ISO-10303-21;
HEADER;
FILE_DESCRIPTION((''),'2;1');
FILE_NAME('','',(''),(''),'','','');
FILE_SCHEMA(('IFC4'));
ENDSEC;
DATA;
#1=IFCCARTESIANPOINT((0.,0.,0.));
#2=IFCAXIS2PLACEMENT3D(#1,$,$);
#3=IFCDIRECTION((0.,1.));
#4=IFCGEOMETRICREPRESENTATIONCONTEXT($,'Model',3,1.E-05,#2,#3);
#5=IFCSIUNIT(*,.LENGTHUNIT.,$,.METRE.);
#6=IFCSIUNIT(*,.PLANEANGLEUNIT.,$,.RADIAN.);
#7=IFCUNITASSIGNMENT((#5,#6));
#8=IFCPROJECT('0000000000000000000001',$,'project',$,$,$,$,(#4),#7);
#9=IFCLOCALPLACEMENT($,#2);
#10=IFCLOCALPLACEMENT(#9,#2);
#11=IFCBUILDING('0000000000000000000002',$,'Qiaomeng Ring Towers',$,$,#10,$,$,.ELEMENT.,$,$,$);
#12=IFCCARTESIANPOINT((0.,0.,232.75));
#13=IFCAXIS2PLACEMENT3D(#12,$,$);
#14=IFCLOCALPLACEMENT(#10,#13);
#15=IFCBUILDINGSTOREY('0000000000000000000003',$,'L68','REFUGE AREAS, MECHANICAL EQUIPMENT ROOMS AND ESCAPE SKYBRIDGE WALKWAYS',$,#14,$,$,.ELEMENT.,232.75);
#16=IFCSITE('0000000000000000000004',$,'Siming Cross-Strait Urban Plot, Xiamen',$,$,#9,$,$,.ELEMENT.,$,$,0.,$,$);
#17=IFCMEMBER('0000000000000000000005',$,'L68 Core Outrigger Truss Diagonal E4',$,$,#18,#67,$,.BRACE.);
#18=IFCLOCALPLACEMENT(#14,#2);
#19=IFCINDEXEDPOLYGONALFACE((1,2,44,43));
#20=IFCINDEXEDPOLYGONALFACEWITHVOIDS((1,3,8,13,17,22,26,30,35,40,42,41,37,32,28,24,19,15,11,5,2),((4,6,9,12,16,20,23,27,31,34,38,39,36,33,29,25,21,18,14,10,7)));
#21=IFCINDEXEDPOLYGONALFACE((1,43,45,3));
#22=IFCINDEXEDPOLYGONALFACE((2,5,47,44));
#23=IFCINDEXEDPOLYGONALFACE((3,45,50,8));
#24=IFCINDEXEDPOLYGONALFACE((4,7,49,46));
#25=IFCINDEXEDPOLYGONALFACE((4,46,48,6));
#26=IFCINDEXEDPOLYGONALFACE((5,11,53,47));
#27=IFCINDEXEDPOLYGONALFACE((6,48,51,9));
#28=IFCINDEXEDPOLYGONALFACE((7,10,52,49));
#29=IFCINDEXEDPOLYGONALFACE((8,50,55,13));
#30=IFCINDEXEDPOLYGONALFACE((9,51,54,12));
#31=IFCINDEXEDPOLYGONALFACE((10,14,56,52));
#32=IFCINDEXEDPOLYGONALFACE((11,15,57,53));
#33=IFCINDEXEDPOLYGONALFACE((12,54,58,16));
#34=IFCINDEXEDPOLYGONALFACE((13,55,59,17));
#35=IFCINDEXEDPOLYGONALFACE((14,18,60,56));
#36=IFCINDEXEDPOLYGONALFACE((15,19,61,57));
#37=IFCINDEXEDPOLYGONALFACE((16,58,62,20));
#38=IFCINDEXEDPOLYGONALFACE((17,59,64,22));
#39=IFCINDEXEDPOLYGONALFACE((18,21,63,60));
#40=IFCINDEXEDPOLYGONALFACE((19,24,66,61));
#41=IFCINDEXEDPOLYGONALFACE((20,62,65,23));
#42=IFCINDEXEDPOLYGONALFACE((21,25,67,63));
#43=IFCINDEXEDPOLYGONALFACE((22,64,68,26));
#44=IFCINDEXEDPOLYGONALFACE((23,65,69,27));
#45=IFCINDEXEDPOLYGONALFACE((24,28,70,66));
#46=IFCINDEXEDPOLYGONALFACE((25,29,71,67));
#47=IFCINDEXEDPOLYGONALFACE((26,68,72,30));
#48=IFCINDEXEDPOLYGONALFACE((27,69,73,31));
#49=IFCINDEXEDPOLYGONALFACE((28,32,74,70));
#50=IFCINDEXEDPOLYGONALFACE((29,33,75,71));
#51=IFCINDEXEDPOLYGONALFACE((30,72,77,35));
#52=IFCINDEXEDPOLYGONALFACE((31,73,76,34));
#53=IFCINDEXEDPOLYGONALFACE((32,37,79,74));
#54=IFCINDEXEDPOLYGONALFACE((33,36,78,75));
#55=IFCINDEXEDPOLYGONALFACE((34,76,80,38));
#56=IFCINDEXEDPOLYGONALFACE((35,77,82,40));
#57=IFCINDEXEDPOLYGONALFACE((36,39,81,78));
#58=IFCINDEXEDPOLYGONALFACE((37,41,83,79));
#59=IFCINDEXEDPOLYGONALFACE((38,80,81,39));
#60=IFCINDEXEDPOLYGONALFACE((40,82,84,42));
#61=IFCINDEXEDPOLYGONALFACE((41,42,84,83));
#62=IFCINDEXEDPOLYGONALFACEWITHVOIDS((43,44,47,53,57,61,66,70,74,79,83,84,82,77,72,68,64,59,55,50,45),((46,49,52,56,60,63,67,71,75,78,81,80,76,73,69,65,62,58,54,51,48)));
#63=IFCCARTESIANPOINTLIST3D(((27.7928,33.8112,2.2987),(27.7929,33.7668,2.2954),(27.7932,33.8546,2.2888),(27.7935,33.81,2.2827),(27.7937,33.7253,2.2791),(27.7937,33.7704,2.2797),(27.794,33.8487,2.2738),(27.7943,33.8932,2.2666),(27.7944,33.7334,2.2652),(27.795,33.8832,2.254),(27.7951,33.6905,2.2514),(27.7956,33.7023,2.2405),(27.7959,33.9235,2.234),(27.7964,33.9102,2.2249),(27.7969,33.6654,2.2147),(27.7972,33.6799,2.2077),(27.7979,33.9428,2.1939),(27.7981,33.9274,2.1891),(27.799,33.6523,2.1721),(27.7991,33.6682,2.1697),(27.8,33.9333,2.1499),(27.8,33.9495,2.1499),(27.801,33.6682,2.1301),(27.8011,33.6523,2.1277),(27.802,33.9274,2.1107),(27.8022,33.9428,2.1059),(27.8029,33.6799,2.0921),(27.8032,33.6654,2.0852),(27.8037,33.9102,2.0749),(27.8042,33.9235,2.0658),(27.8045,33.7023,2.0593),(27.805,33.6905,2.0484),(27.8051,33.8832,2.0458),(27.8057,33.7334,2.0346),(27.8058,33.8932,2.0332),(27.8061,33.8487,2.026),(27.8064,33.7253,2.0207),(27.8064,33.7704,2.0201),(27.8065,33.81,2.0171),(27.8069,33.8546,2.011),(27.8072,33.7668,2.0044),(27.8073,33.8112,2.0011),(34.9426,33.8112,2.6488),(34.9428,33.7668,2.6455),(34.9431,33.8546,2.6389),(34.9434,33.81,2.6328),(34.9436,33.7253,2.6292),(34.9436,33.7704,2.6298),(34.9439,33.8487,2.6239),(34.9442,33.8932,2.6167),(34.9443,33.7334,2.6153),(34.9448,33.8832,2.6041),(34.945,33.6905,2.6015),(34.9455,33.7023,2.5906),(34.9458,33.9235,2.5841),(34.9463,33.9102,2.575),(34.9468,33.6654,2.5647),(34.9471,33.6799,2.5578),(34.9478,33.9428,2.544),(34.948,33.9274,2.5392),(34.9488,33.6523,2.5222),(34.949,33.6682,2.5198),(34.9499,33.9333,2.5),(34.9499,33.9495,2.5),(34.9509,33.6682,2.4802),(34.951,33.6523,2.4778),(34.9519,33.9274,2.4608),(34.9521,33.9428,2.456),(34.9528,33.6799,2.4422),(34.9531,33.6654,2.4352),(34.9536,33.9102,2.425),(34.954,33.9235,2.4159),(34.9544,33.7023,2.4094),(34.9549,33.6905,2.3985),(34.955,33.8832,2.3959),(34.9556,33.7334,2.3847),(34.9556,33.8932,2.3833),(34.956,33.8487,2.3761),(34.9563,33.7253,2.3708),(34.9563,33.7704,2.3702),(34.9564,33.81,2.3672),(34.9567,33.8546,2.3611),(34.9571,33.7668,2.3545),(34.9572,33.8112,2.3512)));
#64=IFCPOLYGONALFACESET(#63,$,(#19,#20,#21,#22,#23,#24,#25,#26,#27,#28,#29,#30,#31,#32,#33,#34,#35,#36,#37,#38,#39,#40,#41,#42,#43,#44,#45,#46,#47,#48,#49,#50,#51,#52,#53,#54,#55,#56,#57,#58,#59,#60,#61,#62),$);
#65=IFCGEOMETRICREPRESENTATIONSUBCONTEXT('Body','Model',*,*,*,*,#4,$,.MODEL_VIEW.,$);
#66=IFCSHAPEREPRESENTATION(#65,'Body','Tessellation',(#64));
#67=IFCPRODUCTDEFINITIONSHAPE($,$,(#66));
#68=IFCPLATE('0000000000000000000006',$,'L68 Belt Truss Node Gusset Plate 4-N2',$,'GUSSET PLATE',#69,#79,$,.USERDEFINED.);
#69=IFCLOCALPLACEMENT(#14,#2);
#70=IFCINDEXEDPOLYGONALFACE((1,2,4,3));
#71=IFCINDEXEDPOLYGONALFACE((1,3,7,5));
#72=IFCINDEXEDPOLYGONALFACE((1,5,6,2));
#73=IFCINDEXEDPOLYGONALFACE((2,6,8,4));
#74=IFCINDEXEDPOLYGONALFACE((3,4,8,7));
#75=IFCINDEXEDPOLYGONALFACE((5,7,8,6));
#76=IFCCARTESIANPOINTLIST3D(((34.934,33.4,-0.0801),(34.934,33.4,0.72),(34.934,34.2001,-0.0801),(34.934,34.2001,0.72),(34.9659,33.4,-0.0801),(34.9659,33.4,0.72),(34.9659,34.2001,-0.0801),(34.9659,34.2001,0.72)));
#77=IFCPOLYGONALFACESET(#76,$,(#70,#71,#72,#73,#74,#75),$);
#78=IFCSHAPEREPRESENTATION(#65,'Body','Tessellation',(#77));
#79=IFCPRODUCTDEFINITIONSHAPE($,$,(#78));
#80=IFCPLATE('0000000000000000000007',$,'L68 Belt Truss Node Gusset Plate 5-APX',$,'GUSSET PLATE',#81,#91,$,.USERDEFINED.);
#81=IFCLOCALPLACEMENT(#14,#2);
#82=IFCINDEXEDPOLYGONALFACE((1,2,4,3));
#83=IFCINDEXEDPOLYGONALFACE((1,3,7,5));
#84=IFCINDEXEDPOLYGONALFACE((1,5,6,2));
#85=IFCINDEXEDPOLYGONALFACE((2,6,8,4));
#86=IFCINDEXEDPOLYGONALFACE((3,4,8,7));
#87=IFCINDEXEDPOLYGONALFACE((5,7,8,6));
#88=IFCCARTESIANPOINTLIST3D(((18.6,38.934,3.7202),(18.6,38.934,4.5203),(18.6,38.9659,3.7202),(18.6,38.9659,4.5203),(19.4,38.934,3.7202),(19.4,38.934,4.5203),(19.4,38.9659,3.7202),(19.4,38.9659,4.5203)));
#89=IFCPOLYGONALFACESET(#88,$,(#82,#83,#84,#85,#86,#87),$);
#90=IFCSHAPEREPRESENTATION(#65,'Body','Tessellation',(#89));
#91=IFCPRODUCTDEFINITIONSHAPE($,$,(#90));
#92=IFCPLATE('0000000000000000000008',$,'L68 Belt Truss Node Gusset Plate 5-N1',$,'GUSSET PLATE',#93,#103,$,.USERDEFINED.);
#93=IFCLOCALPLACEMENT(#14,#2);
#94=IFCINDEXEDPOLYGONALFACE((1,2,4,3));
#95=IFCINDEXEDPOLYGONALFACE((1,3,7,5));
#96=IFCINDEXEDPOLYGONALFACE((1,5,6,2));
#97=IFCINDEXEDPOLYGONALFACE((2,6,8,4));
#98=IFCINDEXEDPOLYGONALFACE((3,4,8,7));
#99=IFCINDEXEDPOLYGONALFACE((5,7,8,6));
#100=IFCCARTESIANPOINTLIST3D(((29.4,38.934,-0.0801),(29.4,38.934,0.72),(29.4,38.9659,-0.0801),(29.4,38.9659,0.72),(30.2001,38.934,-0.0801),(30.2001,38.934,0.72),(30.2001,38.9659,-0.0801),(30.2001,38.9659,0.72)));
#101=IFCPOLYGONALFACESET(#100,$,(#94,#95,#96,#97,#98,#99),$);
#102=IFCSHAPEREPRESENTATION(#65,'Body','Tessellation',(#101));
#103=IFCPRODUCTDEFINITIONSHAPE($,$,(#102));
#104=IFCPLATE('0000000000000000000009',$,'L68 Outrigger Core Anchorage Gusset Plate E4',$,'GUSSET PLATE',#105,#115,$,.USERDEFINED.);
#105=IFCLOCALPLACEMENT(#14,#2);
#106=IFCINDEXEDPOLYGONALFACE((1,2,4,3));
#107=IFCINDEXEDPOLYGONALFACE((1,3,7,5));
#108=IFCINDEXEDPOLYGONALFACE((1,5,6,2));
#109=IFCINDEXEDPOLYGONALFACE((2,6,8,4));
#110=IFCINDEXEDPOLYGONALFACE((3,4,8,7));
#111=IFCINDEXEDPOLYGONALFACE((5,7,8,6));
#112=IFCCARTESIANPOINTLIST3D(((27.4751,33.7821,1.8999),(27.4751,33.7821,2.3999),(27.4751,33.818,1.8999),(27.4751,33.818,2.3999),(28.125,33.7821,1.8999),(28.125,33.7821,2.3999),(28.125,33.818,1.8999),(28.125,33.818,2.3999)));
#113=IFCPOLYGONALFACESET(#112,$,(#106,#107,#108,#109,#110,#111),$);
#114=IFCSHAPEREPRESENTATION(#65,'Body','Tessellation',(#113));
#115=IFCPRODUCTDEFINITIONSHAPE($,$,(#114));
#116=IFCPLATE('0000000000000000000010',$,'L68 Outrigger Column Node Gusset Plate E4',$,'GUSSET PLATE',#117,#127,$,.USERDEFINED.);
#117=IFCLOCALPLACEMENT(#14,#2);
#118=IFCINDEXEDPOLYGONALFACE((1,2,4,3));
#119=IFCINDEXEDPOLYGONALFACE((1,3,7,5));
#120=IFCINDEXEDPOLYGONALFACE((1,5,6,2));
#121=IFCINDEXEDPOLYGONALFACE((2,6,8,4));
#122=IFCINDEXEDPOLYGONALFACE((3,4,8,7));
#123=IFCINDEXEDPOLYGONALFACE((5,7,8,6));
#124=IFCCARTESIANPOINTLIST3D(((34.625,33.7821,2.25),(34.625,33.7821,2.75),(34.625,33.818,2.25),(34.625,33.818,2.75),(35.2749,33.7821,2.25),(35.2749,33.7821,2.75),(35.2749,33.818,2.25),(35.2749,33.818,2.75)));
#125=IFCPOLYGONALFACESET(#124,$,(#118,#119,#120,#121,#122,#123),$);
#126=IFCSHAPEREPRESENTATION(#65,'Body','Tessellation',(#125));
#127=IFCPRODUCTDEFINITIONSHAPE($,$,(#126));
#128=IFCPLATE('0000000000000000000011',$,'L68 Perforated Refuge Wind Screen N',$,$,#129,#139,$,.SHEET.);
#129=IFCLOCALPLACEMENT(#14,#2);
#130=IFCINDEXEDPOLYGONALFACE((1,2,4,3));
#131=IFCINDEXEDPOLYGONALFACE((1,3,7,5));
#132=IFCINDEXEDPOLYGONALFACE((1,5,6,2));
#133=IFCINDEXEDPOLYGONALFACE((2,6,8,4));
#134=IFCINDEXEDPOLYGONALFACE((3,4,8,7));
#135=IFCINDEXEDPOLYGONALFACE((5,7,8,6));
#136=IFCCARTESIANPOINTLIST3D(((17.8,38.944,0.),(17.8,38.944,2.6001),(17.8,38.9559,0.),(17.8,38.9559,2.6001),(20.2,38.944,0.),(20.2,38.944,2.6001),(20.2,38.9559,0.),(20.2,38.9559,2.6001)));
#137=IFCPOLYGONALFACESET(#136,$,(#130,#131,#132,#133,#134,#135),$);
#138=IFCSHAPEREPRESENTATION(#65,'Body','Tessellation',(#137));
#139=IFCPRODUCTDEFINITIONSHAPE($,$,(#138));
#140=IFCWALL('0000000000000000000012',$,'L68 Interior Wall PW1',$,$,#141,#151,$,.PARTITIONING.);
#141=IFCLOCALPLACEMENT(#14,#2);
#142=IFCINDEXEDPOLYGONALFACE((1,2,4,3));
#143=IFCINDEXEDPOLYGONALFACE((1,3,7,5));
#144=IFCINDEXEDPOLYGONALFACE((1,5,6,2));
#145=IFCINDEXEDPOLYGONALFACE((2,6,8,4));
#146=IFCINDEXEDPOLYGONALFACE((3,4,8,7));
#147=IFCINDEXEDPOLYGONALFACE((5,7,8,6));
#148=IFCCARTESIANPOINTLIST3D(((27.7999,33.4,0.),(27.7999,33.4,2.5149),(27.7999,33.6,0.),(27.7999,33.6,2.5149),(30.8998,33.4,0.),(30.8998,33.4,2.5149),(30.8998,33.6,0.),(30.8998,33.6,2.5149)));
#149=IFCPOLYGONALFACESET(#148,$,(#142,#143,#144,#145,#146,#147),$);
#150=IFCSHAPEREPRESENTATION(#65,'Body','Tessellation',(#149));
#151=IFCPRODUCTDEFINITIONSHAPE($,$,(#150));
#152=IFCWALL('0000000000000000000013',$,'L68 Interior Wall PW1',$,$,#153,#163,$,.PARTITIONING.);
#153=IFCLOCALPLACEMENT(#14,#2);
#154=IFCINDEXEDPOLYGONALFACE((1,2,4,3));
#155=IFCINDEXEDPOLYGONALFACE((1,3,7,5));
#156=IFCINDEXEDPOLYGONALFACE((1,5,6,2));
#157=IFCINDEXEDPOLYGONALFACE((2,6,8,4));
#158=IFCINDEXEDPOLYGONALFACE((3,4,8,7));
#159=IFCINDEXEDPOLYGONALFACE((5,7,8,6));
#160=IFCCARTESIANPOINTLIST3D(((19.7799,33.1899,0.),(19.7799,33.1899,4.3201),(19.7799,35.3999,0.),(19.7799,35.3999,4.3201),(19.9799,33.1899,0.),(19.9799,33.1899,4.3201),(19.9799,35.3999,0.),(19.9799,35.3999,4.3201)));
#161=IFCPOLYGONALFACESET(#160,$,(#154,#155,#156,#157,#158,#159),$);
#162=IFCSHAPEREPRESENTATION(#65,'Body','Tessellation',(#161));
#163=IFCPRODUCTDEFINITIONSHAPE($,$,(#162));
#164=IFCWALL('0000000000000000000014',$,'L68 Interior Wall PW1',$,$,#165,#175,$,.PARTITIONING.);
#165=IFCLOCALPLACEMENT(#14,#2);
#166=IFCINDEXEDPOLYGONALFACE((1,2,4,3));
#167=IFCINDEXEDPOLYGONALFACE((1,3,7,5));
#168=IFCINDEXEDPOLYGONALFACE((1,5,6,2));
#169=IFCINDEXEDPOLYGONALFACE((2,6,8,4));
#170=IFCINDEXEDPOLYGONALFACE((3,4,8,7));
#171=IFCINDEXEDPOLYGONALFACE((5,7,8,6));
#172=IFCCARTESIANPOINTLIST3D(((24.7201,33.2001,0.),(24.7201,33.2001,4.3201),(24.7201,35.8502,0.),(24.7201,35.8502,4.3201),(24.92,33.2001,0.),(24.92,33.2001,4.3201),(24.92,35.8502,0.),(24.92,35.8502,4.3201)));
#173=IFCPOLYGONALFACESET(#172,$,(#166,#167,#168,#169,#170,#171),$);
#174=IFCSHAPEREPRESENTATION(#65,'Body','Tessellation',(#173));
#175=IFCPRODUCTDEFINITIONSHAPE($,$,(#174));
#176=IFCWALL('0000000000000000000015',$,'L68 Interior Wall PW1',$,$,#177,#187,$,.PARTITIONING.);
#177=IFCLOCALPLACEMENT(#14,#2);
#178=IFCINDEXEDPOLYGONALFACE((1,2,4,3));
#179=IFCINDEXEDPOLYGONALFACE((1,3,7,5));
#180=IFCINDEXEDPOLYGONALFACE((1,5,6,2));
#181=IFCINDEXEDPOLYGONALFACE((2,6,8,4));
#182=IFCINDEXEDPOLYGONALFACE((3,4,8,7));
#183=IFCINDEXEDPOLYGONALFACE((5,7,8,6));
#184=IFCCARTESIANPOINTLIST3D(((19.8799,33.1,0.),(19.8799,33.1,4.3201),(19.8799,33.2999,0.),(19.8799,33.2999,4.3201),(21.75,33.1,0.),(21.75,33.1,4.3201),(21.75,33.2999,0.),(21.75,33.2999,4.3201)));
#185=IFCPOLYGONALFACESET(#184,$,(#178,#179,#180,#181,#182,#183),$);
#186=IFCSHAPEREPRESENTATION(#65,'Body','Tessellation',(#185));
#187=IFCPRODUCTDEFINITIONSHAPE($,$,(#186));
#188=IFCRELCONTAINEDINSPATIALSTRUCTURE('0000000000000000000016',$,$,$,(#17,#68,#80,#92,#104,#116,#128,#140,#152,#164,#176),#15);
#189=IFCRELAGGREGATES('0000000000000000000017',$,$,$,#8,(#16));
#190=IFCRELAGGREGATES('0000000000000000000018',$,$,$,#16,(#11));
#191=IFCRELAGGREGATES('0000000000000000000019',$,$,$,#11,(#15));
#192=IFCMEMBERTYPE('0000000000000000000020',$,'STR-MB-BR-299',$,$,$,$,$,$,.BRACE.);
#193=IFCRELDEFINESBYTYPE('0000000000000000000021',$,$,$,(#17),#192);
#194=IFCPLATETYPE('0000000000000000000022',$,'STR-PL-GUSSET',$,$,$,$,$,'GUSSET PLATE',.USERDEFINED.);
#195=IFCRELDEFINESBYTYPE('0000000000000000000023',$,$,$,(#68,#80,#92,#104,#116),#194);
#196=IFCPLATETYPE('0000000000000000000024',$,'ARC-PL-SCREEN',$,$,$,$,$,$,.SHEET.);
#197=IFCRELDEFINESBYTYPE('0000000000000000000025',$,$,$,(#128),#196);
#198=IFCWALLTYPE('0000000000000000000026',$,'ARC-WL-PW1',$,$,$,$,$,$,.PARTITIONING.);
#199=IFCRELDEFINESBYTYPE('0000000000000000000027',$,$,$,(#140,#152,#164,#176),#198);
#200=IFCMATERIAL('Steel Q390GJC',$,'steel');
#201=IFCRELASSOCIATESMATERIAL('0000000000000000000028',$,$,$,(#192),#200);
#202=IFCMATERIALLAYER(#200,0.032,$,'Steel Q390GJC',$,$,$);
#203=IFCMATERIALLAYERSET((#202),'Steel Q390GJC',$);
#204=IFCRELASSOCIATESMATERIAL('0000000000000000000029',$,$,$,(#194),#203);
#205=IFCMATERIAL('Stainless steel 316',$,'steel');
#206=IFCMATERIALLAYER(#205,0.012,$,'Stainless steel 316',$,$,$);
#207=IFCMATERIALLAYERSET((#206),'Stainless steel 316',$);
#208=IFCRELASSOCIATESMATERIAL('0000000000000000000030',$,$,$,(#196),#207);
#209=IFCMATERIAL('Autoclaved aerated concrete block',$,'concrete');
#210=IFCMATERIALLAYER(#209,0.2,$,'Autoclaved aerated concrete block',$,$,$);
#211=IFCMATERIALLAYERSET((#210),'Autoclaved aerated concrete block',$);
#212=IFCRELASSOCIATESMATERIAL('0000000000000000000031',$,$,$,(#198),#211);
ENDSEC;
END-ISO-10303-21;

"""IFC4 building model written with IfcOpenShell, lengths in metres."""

from ifc_helpers import new_model, si_unit, direction, frame, frame_2d, origin, origin_2d, place, context, subcontext, project, spatial, rectangle, hollow_circle, extrude, source, transform, mapped, material, layer, layer_set, material_profile, profile_set, type_object, element, save


model = new_model("IFC4")

# Units and contexts
model_context = context("Model", 3, precision=1e-05, world=origin(), true_north=direction((0.0, 1.0)))
body_context = subcontext(model_context, "Body", "Model", "MODEL_VIEW")
ifc_project = project(units=[si_unit("LENGTHUNIT", "METRE"), si_unit("PLANEANGLEUNIT", "RADIAN")], contexts=[model_context])

# Site, building, storey
site_placement = place(None, origin())
site = spatial("IfcSite", under=ifc_project, at=site_placement, Name="Siming Cross-Strait Urban Plot, Xiamen", CompositionType="ELEMENT", RefElevation=0.0)
building_placement = place(site_placement, origin())
building = spatial("IfcBuilding", under=site, at=building_placement, Name="Qiaomeng Ring Towers", CompositionType="ELEMENT")
storey_placement = place(building_placement, frame((0.0, 0.0, 232.75)))
storey = spatial("IfcBuildingStorey", under=building, at=storey_placement, Name="L68", Description="REFUGE AREAS, MECHANICAL EQUIPMENT ROOMS AND ESCAPE SKYBRIDGE WALKWAYS", CompositionType="ELEMENT", Elevation=232.75)

# Shared definitions
ifc_material_1 = material(Name="Steel Q390GJC", Category="steel")

# Member
ifc_material_profile_1 = material_profile(ifc_material_1, hollow_circle(Radius=0.1494, WallThickness=0.0161, at=origin_2d()), Name="CHS 299x16")
ifc_profile_set_1 = profile_set([ifc_material_profile_1], Name="Steel Q390GJC")
member_type_1 = type_object("IfcMemberType", Name="STR-MB-BR-299", PredefinedType="BRACE", material=ifc_profile_set_1)
shared_shape_1 = source(origin(), body_context, "Body", "SweptSolid", [
    extrude(hollow_circle(Radius=0.1494, WallThickness=0.0161, at=origin_2d()), origin(), (0.0, 0.0, 1.0), 7.1584),
])
member_1_placement = place(storey_placement, frame((27.8, 33.8, 2.1499), z_axis=(0.998803, 0.0, 0.048907), x_axis=(0.0, 1.0, 0.0)))
element("IfcMember", 1, at=member_1_placement, inside=storey, type_object=member_type_1, Name="L68 Core Outrigger Truss Diagonal E4", PredefinedType="BRACE", context=body_context, shape_type="MappedRepresentation", body=[
    mapped(shared_shape_1, transform((0.0, 0.0, 0.0), x_axis=(1.0, 0.0, 0.0), y_axis=(0.0, 1.0, 0.0), z_axis=(0.0, 0.0, 1.0), scale=1.0)),
])

# Plates
ifc_layer_1 = layer(ifc_material_1, 0.032, Name="Steel Q390GJC")
ifc_layer_set_1 = layer_set([ifc_layer_1], Name="Steel Q390GJC")
plate_type_1 = type_object("IfcPlateType", Name="STR-PL-GUSSET", ElementType="GUSSET PLATE", PredefinedType="USERDEFINED", material=ifc_layer_set_1)
shared_shape_2 = source(origin(), body_context, "Body", "SweptSolid", [
    extrude(rectangle(XDim=0.8, YDim=0.032, at=origin_2d()), origin(), (0.0, 0.0, 1.0), 0.8),
])
for number, where, z_axis, x_axis, name in (
    (2, (34.95, 33.8, -0.0801), (0.0, 0.0, 1.0), (0.0, 1.0, 0.0), "L68 Belt Truss Node Gusset Plate 4-N2"),
    (3, (19.0, 38.95, 3.7202), (0.0, 0.0, 1.0), (-1.0, 0.0, 0.0), "L68 Belt Truss Node Gusset Plate 5-APX"),
    (4, (29.8, 38.95, -0.0801), (0.0, 0.0, 1.0), (-1.0, 0.0, 0.0), "L68 Belt Truss Node Gusset Plate 5-N1"),
):
    element("IfcPlate", number, at=place(storey_placement, frame(where, z_axis=z_axis, x_axis=x_axis)), inside=storey, type_object=plate_type_1, Name=name, ObjectType="GUSSET PLATE", PredefinedType="USERDEFINED", context=body_context, shape_type="MappedRepresentation", body=[
        mapped(shared_shape_2, transform((0.0, 0.0, 0.0), x_axis=(1.0, 0.0, 0.0), y_axis=(0.0, 1.0, 0.0), z_axis=(0.0, 0.0, 1.0), scale=1.0)),
    ])
shared_shape_3 = source(origin(), body_context, "Body", "SweptSolid", [
    extrude(rectangle(XDim=0.6499, YDim=0.0359, at=origin_2d()), origin(), (0.0, 0.0, 1.0), 0.5),
])
for number, where, z_axis, x_axis, name in (
    (5, (27.8, 33.8, 1.8999), (0.0, 0.0, 1.0), (1.0, 0.0, 0.0), "L68 Outrigger Core Anchorage Gusset Plate E4"),
    (6, (34.95, 33.8, 2.25), (0.0, 0.0, 1.0), (1.0, 0.0, 0.0), "L68 Outrigger Column Node Gusset Plate E4"),
):
    element("IfcPlate", number, at=place(storey_placement, frame(where, z_axis=z_axis, x_axis=x_axis)), inside=storey, type_object=plate_type_1, Name=name, ObjectType="GUSSET PLATE", PredefinedType="USERDEFINED", context=body_context, shape_type="MappedRepresentation", body=[
        mapped(shared_shape_3, transform((0.0, 0.0, 0.0), x_axis=(1.0, 0.0, 0.0), y_axis=(0.0, 1.0, 0.0), z_axis=(0.0, 0.0, 1.0), scale=1.0)),
    ])
ifc_material_2 = material(Name="Stainless steel 316", Category="steel")
ifc_layer_2 = layer(ifc_material_2, 0.012, Name="Stainless steel 316")
ifc_layer_set_2 = layer_set([ifc_layer_2], Name="Stainless steel 316")
plate_type_2 = type_object("IfcPlateType", Name="ARC-PL-SCREEN", PredefinedType="SHEET", material=ifc_layer_set_2)
shared_shape_4 = source(origin(), body_context, "Body", "SweptSolid", [
    extrude(rectangle(XDim=2.3999, YDim=0.012, at=origin_2d()), origin(), (0.0, 0.0, 1.0), 2.6001),
])
plate_placement = place(storey_placement, frame((19.0, 38.95, 0.0), z_axis=(0.0, 0.0, 1.0), x_axis=(-1.0, 0.0, 0.0)))
element("IfcPlate", 7, at=plate_placement, inside=storey, type_object=plate_type_2, Name="L68 Perforated Refuge Wind Screen N", PredefinedType="SHEET", context=body_context, shape_type="MappedRepresentation", body=[
    mapped(shared_shape_4, transform((0.0, 0.0, 0.0), x_axis=(1.0, 0.0, 0.0), y_axis=(0.0, 1.0, 0.0), z_axis=(0.0, 0.0, 1.0), scale=1.0)),
])

# Walls
ifc_material_3 = material(Name="Autoclaved aerated concrete block", Category="concrete")
ifc_layer_3 = layer(ifc_material_3, 0.2, Name="Autoclaved aerated concrete block")
ifc_layer_set_3 = layer_set([ifc_layer_3], Name="Autoclaved aerated concrete block")
wall_type_1 = type_object("IfcWallType", Name="ARC-WL-PW1", PredefinedType="PARTITIONING", material=ifc_layer_set_3)
wall_1_placement = place(storey_placement, frame((27.8, 33.5, 0.0), z_axis=(0.0, 0.0, 1.0), x_axis=(1.0, 0.0, 0.0)))
element("IfcWall", 8, at=wall_1_placement, inside=storey, type_object=wall_type_1, Name="L68 Interior Wall PW1", PredefinedType="PARTITIONING", context=body_context, shape_type="SweptSolid", body=[
    extrude(rectangle(XDim=3.0999, YDim=0.2, at=frame_2d((1.5498, 0.0))), origin(), (0.0, 0.0, 1.0), 2.5149),
])
wall_2_placement = place(storey_placement, frame((19.8799, 33.1899, 0.0), z_axis=(0.0, 0.0, 1.0), x_axis=(0.0, 1.0, 0.0)))
element("IfcWall", 9, at=wall_2_placement, inside=storey, type_object=wall_type_1, Name="L68 Interior Wall PW1", PredefinedType="PARTITIONING", context=body_context, shape_type="SweptSolid", body=[
    extrude(rectangle(XDim=2.21, YDim=0.2, at=frame_2d((1.105, 0.0))), origin(), (0.0, 0.0, 1.0), 4.3201),
])
wall_3_placement = place(storey_placement, frame((24.8201, 33.2, 0.0), z_axis=(0.0, 0.0, 1.0), x_axis=(0.0, 1.0, 0.0)))
element("IfcWall", 10, at=wall_3_placement, inside=storey, type_object=wall_type_1, Name="L68 Interior Wall PW1", PredefinedType="PARTITIONING", context=body_context, shape_type="SweptSolid", body=[
    extrude(rectangle(XDim=2.6501, YDim=0.2, at=frame_2d((1.3252, 0.0))), origin(), (0.0, 0.0, 1.0), 4.3201),
])
wall_4_placement = place(storey_placement, frame((19.8799, 33.2, 0.0), z_axis=(0.0, 0.0, 1.0), x_axis=(1.0, 0.0, 0.0)))
element("IfcWall", 11, at=wall_4_placement, inside=storey, type_object=wall_type_1, Name="L68 Interior Wall PW1", PredefinedType="PARTITIONING", context=body_context, shape_type="SweptSolid", body=[
    extrude(rectangle(XDim=1.8701, YDim=0.2, at=frame_2d((0.9351, 0.0))), origin(), (0.0, 0.0, 1.0), 4.3201),
])

save(model, "model.ifc")
